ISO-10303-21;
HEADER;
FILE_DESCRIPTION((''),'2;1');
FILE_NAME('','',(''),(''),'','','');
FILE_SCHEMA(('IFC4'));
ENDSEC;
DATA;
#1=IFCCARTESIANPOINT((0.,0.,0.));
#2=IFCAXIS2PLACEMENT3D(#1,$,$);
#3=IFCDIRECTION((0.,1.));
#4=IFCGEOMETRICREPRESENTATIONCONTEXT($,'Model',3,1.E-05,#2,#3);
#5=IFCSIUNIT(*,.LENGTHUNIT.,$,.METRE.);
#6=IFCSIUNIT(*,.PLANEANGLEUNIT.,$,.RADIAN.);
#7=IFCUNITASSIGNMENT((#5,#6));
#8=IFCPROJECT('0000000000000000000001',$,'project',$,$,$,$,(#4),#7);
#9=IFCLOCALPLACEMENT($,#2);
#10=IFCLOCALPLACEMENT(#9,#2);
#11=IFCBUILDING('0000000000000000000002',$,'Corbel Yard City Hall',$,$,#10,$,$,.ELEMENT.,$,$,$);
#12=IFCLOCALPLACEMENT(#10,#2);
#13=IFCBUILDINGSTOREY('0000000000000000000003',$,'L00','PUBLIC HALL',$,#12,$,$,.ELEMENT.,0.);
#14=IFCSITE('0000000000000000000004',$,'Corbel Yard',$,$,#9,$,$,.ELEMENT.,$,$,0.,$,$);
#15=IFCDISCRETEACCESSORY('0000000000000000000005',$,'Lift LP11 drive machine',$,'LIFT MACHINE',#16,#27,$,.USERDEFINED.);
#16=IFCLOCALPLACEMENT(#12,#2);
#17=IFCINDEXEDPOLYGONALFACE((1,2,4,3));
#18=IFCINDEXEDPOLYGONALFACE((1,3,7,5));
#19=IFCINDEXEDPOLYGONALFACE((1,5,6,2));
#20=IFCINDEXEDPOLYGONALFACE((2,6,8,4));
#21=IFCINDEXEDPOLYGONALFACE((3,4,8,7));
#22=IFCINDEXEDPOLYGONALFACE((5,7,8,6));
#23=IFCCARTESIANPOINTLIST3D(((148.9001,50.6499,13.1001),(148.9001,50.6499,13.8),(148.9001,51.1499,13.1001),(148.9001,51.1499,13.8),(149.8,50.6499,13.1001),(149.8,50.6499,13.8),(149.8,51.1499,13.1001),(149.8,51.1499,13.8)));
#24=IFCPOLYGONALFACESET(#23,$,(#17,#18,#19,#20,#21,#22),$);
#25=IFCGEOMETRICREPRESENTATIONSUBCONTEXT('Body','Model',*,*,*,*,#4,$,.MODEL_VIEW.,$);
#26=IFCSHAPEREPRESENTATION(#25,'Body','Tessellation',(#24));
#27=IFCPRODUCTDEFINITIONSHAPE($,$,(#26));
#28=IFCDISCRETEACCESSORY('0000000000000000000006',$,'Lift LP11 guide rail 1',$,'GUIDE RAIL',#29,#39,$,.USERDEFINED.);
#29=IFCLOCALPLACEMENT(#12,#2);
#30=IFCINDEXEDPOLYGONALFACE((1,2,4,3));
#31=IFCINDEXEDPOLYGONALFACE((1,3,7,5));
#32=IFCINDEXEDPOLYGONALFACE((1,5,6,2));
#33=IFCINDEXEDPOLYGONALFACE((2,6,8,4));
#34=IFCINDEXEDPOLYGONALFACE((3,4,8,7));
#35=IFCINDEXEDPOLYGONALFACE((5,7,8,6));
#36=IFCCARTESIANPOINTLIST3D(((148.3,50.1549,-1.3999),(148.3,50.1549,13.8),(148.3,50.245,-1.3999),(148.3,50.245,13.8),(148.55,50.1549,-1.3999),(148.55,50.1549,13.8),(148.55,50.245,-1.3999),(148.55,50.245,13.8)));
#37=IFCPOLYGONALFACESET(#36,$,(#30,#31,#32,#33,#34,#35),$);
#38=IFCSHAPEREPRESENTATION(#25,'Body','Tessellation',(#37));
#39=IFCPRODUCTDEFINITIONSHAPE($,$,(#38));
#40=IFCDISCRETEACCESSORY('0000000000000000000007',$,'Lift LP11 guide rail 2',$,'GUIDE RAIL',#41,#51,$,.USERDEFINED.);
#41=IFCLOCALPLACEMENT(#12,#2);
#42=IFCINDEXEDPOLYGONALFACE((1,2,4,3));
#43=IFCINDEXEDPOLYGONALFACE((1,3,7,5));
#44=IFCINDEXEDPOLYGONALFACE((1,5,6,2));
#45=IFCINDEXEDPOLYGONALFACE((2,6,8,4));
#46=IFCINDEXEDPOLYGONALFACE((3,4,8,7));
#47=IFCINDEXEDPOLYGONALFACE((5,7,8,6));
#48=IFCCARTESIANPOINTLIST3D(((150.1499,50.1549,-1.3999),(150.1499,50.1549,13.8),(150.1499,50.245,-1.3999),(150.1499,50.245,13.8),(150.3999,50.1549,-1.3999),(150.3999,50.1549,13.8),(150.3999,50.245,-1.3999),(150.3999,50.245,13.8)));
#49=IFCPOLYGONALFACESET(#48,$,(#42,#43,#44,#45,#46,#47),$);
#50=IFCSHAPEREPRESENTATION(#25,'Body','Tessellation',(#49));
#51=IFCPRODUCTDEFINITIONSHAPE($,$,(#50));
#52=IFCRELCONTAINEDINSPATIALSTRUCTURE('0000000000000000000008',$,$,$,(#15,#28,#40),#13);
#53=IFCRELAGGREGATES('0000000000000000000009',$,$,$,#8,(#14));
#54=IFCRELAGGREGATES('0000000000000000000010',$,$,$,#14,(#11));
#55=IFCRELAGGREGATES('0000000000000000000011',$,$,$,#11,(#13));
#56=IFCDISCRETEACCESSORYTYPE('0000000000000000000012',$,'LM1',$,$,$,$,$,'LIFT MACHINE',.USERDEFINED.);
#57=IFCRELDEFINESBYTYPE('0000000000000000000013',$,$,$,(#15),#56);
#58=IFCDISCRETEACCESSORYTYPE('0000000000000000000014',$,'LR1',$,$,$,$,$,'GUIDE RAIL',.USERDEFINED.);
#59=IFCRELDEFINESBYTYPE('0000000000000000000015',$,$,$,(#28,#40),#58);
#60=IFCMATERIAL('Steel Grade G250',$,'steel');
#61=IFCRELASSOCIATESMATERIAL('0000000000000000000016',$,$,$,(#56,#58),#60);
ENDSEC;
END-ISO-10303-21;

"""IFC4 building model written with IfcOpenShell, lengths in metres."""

from ifc_helpers import new_model, si_unit, direction, frame, origin, origin_2d, place, context, subcontext, project, spatial, rectangle, extrude, material, type_object, element, save


model = new_model("IFC4")

# Units and contexts
model_context = context("Model", 3, precision=1e-05, world=origin(), true_north=direction((0.0, 1.0)))
body_context = subcontext(model_context, "Body", "Model", "MODEL_VIEW")
ifc_project = project(units=[si_unit("LENGTHUNIT", "METRE"), si_unit("PLANEANGLEUNIT", "RADIAN")], contexts=[model_context])

# Site, building, storey
site_placement = place(None, origin())
site = spatial("IfcSite", under=ifc_project, at=site_placement, Name="Corbel Yard", CompositionType="ELEMENT", RefElevation=0.0)
building_placement = place(site_placement, origin())
building = spatial("IfcBuilding", under=site, at=building_placement, Name="Corbel Yard City Hall", CompositionType="ELEMENT")
storey_placement = place(building_placement, origin())
storey = spatial("IfcBuildingStorey", under=building, at=storey_placement, Name="L00", Description="PUBLIC HALL", CompositionType="ELEMENT", Elevation=0.0)

# Shared definitions
ifc_material_1 = material(Name="Steel Grade G250", Category="steel")

# Discrete accessories
discrete_accessory_type_1 = type_object("IfcDiscreteAccessoryType", Name="LM1", ElementType="LIFT MACHINE", PredefinedType="USERDEFINED", material=ifc_material_1)
discrete_accessory_placement = place(storey_placement, frame((149.3501, 50.8999, 13.1001), z_axis=(0.0, 0.0, 1.0), x_axis=(1.0, 0.0, 0.0)))
element("IfcDiscreteAccessory", 1, at=discrete_accessory_placement, inside=storey, type_object=discrete_accessory_type_1, Name="Lift LP11 drive machine", ObjectType="LIFT MACHINE", PredefinedType="USERDEFINED", context=body_context, shape_type="SweptSolid", body=[
    extrude(rectangle(XDim=0.8999, YDim=0.5, at=origin_2d()), origin(), (0.0, 0.0, 1.0), 0.7),
])
discrete_accessory_type_2 = type_object("IfcDiscreteAccessoryType", Name="LR1", ElementType="GUIDE RAIL", PredefinedType="USERDEFINED", material=ifc_material_1)
for number, where, z_axis, x_axis, name in (
    (2, (148.425, 50.2, -1.3999), (0.0, 0.0, 1.0), (1.0, 0.0, 0.0), "Lift LP11 guide rail 1"),
    (3, (150.2749, 50.2, -1.3999), (0.0, 0.0, 1.0), (1.0, 0.0, 0.0), "Lift LP11 guide rail 2"),
):
    element("IfcDiscreteAccessory", number, at=place(storey_placement, frame(where, z_axis=z_axis, x_axis=x_axis)), inside=storey, type_object=discrete_accessory_type_2, Name=name, ObjectType="GUIDE RAIL", PredefinedType="USERDEFINED", context=body_context, shape_type="SweptSolid", body=[
        extrude(rectangle(XDim=0.25, YDim=0.0901, at=origin_2d()), origin(), (0.0, 0.0, 1.0), 15.2),
    ])

save(model, "model.ifc")
